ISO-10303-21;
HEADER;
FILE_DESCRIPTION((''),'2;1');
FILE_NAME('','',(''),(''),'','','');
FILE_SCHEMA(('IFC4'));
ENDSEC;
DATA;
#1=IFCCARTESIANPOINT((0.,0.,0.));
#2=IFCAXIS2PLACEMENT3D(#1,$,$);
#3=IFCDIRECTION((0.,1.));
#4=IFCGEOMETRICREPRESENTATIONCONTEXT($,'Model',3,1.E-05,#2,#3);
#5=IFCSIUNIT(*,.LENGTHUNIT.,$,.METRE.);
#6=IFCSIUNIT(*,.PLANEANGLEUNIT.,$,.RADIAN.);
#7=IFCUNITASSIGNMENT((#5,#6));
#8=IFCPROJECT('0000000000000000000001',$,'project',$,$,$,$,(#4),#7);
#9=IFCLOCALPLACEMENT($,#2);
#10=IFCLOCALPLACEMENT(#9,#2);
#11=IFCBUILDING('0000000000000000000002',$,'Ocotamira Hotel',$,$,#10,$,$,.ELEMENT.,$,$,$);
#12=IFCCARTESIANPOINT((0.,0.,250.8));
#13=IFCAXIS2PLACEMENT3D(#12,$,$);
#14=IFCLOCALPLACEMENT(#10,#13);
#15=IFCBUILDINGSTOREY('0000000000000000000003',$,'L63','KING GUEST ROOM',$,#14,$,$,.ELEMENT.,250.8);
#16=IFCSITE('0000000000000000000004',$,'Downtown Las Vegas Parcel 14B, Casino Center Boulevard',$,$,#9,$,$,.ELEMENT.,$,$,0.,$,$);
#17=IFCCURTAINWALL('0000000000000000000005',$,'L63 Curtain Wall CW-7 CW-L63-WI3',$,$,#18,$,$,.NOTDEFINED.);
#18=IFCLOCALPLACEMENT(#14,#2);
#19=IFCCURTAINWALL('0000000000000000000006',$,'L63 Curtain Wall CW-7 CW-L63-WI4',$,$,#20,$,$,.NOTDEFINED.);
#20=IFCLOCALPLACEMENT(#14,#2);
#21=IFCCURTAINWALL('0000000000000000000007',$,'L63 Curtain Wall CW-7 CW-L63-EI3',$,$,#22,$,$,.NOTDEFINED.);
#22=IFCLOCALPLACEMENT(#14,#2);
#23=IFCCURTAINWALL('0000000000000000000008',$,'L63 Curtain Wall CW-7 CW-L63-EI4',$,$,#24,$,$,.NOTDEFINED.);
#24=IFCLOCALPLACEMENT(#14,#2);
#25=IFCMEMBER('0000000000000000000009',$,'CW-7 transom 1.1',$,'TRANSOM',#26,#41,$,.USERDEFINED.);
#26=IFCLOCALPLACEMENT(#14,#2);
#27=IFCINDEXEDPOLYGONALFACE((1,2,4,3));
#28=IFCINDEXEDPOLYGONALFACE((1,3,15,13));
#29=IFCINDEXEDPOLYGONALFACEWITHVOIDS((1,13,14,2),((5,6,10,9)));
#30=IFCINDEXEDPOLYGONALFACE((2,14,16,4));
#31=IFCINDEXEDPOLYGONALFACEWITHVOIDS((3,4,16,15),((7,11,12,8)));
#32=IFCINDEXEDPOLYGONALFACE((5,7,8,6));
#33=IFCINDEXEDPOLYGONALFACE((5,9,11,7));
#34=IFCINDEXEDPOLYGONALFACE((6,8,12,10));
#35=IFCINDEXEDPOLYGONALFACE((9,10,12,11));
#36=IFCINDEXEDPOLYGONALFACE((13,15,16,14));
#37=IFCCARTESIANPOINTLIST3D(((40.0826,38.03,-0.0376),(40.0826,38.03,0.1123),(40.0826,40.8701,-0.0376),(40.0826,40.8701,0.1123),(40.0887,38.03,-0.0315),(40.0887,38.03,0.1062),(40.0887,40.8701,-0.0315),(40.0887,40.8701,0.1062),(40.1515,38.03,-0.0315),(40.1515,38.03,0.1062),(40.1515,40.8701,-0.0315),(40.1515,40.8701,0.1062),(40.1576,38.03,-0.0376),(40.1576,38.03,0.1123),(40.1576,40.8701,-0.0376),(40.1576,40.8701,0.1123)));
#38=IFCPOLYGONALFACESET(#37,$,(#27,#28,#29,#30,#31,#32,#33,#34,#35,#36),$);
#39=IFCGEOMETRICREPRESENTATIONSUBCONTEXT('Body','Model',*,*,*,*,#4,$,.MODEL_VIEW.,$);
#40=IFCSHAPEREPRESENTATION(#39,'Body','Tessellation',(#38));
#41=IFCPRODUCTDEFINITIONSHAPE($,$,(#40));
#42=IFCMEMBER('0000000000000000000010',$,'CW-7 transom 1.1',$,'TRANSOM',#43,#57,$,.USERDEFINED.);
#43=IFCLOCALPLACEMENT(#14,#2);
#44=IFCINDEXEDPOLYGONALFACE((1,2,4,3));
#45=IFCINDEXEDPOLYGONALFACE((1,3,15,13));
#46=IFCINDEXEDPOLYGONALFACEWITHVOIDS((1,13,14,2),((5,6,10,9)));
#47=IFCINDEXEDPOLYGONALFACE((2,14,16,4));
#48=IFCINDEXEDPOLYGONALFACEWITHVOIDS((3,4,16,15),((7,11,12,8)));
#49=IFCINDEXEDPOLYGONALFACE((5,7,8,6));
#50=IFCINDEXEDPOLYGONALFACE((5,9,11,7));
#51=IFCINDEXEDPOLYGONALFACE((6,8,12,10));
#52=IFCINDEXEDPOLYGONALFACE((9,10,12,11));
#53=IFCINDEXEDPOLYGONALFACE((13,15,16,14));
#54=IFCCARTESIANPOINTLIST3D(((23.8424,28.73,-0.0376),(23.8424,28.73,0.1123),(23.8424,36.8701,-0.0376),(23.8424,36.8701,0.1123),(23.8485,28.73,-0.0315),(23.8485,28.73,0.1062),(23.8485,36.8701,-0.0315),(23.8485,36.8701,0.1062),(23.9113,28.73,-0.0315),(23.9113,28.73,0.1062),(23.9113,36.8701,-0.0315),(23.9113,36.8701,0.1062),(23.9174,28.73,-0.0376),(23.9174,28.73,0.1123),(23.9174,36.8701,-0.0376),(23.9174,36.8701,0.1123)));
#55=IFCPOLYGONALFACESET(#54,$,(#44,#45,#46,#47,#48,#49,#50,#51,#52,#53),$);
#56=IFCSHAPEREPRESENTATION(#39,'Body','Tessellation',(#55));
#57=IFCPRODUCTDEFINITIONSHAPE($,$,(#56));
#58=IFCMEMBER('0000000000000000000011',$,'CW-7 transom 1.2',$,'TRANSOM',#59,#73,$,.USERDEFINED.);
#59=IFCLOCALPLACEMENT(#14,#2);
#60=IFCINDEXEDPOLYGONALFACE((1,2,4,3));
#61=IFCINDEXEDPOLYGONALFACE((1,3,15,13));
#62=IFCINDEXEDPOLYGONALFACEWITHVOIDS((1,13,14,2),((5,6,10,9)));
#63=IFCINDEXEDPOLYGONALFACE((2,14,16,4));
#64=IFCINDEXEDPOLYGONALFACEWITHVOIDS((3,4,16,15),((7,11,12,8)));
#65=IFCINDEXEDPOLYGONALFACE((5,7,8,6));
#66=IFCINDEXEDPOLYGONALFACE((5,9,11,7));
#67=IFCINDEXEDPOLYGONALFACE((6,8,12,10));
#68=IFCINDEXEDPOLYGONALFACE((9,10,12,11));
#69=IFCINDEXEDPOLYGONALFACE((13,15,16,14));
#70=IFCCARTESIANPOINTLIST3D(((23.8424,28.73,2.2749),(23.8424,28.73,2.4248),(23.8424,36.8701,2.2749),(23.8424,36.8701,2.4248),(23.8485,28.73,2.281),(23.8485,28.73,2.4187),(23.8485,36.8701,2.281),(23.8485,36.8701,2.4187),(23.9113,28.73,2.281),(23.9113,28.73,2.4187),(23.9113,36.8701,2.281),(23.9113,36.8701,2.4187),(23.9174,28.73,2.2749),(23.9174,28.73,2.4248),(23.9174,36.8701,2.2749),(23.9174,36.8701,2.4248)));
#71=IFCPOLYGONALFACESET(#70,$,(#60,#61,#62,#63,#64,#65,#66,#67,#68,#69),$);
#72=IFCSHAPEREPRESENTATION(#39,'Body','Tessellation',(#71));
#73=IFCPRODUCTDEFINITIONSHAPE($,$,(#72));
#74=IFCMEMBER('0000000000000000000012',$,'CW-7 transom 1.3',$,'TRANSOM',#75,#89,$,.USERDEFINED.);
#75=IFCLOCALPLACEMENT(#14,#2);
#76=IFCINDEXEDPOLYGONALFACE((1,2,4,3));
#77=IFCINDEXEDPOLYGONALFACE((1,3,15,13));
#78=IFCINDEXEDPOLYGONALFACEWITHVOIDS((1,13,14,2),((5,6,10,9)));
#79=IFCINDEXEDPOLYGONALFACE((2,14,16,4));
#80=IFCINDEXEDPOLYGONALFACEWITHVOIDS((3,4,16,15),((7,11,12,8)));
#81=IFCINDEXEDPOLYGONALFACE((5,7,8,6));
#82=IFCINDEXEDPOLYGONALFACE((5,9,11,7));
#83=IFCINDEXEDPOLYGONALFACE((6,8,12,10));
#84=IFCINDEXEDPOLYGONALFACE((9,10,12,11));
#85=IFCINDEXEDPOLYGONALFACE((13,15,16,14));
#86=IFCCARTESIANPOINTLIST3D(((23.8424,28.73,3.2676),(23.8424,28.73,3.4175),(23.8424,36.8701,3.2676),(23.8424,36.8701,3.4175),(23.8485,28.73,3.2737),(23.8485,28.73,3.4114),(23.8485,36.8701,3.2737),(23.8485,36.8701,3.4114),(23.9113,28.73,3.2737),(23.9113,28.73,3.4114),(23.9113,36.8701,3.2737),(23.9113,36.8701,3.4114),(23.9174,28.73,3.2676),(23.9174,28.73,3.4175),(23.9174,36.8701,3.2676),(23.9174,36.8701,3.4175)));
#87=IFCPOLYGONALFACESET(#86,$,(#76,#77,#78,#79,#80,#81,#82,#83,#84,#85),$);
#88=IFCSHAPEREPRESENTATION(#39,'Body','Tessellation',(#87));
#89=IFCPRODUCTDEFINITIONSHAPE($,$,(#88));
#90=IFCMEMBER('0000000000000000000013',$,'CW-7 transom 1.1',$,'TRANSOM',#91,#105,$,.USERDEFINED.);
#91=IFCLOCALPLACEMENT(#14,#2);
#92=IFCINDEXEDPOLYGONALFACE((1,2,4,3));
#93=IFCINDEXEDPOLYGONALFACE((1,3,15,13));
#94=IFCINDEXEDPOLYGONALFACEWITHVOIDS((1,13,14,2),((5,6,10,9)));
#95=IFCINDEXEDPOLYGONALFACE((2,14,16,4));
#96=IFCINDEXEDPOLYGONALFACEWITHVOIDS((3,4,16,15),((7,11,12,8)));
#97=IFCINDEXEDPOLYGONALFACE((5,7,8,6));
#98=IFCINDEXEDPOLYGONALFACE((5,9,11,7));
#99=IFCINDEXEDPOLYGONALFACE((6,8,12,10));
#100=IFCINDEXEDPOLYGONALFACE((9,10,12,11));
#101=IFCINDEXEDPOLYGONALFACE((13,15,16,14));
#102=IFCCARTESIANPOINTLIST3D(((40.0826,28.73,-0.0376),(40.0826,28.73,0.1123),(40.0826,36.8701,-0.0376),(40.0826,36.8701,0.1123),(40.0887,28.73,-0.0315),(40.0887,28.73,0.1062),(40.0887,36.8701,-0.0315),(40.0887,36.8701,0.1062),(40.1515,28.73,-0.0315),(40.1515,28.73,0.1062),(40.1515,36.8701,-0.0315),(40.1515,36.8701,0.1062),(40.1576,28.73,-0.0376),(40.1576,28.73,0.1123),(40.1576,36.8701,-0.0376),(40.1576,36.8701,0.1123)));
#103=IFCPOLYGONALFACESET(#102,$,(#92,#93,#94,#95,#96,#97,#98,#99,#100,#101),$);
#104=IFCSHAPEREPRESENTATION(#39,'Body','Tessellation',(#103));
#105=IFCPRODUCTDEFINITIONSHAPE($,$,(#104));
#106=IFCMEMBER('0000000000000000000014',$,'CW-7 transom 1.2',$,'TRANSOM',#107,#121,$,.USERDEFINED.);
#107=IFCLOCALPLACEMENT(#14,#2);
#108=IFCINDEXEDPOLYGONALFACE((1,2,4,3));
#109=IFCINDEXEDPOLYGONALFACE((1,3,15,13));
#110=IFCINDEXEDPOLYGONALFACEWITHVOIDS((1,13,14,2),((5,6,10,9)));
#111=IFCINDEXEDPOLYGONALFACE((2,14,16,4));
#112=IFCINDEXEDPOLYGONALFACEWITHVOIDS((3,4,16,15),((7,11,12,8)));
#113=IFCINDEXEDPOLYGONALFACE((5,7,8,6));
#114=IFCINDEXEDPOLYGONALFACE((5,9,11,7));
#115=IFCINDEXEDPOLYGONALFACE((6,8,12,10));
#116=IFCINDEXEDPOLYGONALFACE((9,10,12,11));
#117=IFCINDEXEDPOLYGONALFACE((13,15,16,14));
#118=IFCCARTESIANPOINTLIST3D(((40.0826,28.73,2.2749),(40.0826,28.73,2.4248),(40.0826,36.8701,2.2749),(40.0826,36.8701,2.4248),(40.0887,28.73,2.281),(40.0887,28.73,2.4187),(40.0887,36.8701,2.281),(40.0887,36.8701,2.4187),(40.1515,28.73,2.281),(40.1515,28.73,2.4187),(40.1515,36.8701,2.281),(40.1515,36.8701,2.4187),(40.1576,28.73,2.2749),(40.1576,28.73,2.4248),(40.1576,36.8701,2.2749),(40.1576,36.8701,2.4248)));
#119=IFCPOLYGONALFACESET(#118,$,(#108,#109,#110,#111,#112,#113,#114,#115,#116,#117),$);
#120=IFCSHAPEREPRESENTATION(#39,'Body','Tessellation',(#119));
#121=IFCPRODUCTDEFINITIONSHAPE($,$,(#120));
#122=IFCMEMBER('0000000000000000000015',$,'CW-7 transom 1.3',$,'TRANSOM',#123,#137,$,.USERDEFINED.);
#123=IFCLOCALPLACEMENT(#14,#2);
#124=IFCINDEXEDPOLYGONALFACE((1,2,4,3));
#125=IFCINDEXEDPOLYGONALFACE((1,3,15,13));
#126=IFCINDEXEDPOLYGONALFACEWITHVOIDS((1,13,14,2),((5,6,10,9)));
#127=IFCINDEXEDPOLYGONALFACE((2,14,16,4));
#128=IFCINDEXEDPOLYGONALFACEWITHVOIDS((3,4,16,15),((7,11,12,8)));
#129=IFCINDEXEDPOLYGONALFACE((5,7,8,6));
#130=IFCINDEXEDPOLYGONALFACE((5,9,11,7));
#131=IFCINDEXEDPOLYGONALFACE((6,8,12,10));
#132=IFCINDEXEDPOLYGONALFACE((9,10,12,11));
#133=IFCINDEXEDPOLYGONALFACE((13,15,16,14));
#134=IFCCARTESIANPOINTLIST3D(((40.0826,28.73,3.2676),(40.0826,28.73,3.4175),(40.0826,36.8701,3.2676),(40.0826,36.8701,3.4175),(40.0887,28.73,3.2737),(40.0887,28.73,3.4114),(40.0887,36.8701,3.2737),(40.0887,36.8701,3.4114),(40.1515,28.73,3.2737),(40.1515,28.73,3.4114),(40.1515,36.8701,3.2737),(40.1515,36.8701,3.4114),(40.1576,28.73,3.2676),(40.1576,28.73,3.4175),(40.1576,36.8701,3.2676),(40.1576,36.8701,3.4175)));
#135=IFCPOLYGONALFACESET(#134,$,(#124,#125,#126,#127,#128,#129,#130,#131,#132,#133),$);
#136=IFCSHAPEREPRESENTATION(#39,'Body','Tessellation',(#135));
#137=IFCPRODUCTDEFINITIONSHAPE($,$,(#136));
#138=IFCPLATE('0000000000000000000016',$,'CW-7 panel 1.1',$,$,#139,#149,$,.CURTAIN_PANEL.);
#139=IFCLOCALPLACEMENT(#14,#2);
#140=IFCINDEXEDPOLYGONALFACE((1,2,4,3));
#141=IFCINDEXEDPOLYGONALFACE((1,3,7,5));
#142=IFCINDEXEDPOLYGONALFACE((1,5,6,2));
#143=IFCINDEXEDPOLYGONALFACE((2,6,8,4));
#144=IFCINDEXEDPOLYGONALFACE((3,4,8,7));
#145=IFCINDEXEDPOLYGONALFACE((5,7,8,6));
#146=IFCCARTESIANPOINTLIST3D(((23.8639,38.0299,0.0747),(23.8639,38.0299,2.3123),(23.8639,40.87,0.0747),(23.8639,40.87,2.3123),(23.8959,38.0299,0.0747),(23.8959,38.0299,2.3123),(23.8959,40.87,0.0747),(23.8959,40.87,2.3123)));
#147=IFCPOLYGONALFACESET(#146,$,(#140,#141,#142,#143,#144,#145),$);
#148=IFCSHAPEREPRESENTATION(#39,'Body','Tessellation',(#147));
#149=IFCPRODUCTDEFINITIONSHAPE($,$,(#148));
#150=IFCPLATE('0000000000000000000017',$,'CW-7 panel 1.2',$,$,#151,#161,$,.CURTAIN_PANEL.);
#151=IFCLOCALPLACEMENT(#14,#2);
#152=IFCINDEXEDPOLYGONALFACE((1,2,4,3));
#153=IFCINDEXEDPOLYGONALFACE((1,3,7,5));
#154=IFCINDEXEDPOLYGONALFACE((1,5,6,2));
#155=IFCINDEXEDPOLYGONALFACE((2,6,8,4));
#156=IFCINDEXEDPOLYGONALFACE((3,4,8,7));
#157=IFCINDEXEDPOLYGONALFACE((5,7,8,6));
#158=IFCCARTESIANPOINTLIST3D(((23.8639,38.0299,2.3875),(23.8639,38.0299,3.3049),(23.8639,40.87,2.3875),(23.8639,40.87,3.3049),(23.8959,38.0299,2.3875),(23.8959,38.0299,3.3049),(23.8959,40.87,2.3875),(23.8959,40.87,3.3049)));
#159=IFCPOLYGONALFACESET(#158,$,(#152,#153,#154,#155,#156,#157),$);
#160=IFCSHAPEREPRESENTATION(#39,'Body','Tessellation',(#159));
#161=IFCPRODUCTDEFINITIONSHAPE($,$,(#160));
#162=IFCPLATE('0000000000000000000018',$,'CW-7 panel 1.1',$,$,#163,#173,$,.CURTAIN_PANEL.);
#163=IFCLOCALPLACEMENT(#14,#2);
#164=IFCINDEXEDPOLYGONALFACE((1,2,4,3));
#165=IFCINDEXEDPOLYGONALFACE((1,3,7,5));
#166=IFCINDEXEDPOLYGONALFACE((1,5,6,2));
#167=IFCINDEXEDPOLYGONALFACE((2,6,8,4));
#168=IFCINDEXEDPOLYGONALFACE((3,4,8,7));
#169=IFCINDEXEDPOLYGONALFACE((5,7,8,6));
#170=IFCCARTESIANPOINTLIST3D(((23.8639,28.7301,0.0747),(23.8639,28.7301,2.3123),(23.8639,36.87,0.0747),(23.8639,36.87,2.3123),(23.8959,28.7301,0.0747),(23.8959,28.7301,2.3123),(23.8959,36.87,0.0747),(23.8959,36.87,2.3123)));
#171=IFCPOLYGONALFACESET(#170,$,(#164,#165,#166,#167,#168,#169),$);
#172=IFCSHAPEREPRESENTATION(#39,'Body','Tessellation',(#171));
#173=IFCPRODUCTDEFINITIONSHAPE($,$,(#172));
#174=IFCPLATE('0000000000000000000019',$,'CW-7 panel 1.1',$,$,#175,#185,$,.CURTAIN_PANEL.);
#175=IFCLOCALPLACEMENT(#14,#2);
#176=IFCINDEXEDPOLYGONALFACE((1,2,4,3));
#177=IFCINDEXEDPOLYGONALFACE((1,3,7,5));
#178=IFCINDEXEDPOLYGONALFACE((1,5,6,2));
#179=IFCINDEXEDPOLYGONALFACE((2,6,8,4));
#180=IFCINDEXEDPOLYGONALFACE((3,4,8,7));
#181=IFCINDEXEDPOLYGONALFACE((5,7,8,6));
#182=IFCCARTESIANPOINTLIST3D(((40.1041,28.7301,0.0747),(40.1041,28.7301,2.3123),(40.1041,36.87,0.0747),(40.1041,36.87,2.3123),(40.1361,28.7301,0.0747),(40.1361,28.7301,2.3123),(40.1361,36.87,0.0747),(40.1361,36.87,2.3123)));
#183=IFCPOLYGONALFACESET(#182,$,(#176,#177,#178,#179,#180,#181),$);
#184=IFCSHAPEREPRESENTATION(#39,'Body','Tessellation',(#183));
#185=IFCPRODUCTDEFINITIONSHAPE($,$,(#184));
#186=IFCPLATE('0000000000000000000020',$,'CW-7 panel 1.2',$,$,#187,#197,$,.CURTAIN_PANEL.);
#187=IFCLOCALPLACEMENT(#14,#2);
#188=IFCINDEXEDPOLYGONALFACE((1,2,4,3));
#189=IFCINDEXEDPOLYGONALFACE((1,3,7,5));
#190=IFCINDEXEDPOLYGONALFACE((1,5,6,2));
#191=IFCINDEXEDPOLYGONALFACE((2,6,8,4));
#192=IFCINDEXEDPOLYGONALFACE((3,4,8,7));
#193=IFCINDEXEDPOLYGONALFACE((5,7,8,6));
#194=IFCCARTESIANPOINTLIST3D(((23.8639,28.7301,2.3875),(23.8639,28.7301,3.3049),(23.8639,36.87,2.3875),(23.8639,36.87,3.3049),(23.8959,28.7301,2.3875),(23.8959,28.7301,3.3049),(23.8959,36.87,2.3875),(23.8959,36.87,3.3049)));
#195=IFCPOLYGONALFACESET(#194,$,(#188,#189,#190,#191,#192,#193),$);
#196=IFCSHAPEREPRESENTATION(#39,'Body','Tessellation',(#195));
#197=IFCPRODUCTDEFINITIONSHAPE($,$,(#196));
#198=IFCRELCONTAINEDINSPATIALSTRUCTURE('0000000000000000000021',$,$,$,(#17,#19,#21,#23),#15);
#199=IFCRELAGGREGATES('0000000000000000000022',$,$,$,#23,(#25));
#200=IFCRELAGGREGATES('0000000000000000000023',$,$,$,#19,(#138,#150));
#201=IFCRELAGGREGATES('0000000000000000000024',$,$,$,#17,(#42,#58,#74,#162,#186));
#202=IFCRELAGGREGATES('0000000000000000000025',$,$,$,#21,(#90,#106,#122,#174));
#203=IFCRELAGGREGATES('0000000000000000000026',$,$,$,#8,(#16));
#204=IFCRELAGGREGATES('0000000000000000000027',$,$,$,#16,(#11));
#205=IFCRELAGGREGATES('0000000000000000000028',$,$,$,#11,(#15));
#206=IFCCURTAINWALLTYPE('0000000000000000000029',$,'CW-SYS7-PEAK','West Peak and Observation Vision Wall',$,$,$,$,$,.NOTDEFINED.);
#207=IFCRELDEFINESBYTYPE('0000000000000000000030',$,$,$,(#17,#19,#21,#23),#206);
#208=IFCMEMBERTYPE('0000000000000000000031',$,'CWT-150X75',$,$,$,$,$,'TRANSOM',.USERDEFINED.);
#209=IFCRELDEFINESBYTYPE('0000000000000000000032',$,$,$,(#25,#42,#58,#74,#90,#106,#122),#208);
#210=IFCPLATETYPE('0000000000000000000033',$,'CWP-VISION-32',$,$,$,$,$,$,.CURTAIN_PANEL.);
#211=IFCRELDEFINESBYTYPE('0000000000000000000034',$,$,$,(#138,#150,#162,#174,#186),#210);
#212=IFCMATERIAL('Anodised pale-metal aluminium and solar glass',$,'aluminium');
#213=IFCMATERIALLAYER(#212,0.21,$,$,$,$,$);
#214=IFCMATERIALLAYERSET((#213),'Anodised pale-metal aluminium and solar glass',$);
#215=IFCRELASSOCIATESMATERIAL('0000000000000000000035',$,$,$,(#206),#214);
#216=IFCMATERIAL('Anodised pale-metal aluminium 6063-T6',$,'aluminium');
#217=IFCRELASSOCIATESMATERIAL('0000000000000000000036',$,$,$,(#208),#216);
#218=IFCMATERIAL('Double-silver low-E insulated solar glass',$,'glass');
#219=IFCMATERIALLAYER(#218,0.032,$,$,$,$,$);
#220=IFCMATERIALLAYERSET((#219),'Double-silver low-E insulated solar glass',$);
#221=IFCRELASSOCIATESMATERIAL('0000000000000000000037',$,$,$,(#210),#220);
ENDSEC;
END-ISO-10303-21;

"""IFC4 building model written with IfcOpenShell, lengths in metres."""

from ifc_helpers import new_model, si_unit, direction, frame, origin, origin_2d, place, context, subcontext, project, spatial, rectangle, hollow_rectangle, extrude, source, transform, mapped, material, layer, layer_set, material_profile, profile_set, type_object, element, aggregate, save


model = new_model("IFC4")

# Units and contexts
model_context = context("Model", 3, precision=1e-05, world=origin(), true_north=direction((0.0, 1.0)))
body_context = subcontext(model_context, "Body", "Model", "MODEL_VIEW")
ifc_project = project(units=[si_unit("LENGTHUNIT", "METRE"), si_unit("PLANEANGLEUNIT", "RADIAN")], contexts=[model_context])

# Site, building, storey
site_placement = place(None, origin())
site = spatial("IfcSite", under=ifc_project, at=site_placement, Name="Downtown Las Vegas Parcel 14B, Casino Center Boulevard", CompositionType="ELEMENT", RefElevation=0.0)
building_placement = place(site_placement, origin())
building = spatial("IfcBuilding", under=site, at=building_placement, Name="Ocotamira Hotel", CompositionType="ELEMENT")
storey_placement = place(building_placement, frame((0.0, 0.0, 250.8)))
storey = spatial("IfcBuildingStorey", under=building, at=storey_placement, Name="L63", Description="KING GUEST ROOM", CompositionType="ELEMENT", Elevation=250.8)

# Curtain walls
ifc_material_1 = material(Name="Anodised pale-metal aluminium and solar glass", Category="aluminium")
ifc_layer_1 = layer(ifc_material_1, 0.21)
ifc_layer_set_1 = layer_set([ifc_layer_1], Name="Anodised pale-metal aluminium and solar glass")
curtain_wall_type = type_object("IfcCurtainWallType", Name="CW-SYS7-PEAK", Description="West Peak and Observation Vision Wall", PredefinedType="NOTDEFINED", material=ifc_layer_set_1)
curtain_wall_1_placement = place(storey_placement, origin())
curtain_wall_1 = element("IfcCurtainWall", 1, at=curtain_wall_1_placement, inside=storey, type_object=curtain_wall_type, Name="L63 Curtain Wall CW-7 CW-L63-WI3", PredefinedType="NOTDEFINED")
ifc_material_2 = material(Name="Anodised pale-metal aluminium 6063-T6", Category="aluminium")
curtain_wall_2_placement = place(storey_placement, origin())
curtain_wall_2 = element("IfcCurtainWall", 2, at=curtain_wall_2_placement, inside=storey, type_object=curtain_wall_type, Name="L63 Curtain Wall CW-7 CW-L63-WI4", PredefinedType="NOTDEFINED")

# Curtain wall
curtain_wall_3_placement = place(storey_placement, origin())
curtain_wall_3 = element("IfcCurtainWall", 3, at=curtain_wall_3_placement, inside=storey, type_object=curtain_wall_type, Name="L63 Curtain Wall CW-7 CW-L63-EI3", PredefinedType="NOTDEFINED")

# Curtain wall
curtain_wall_4_placement = place(storey_placement, origin())
curtain_wall_4 = element("IfcCurtainWall", 4, at=curtain_wall_4_placement, inside=storey, type_object=curtain_wall_type, Name="L63 Curtain Wall CW-7 CW-L63-EI4", PredefinedType="NOTDEFINED")

# Members
ifc_material_profile_1 = material_profile(ifc_material_2, hollow_rectangle(XDim=0.075, YDim=0.1499, WallThickness=0.0061, at=origin_2d()), Name="HSS150X75X6")
ifc_profile_set_1 = profile_set([ifc_material_profile_1], Name="Anodised pale-metal aluminium 6063-T6")
member_type_1 = type_object("IfcMemberType", Name="CWT-150X75", ElementType="TRANSOM", PredefinedType="USERDEFINED", material=ifc_profile_set_1)
shared_shape_1 = source(origin(), body_context, "Body", "SweptSolid", [
    extrude(hollow_rectangle(XDim=0.075, YDim=0.1499, WallThickness=0.0061, at=origin_2d()), origin(), (0.0, 0.0, 1.0), 2.8401),
])
member_1_placement = place(storey_placement, frame((40.1201, 38.03, 0.0374), z_axis=(0.0, 1.0, 0.0), x_axis=(-1.0, 0.0, 0.0)))
member_1 = element("IfcMember", 5, at=member_1_placement, type_object=member_type_1, Name="CW-7 transom 1.1", ObjectType="TRANSOM", PredefinedType="USERDEFINED", context=body_context, shape_type="MappedRepresentation", body=[
    mapped(shared_shape_1, transform((0.0, 0.0, 0.0), scale=1.0)),
])
aggregate(curtain_wall_4, [member_1])
shared_shape_2 = source(origin(), body_context, "Body", "SweptSolid", [
    extrude(hollow_rectangle(XDim=0.075, YDim=0.1499, WallThickness=0.0061, at=origin_2d()), origin(), (0.0, 0.0, 1.0), 8.1401),
])
member_2_placement = place(storey_placement, frame((23.8799, 28.73, 0.0374), z_axis=(0.0, 1.0, 0.0), x_axis=(-1.0, 0.0, 0.0)))
member_2 = element("IfcMember", 6, at=member_2_placement, type_object=member_type_1, Name="CW-7 transom 1.1", ObjectType="TRANSOM", PredefinedType="USERDEFINED", context=body_context, shape_type="MappedRepresentation", body=[
    mapped(shared_shape_2, transform((0.0, 0.0, 0.0), scale=1.0)),
])
member_3_placement = place(storey_placement, frame((23.8799, 28.73, 2.3499), z_axis=(0.0, 1.0, 0.0), x_axis=(-1.0, 0.0, 0.0)))
member_3 = element("IfcMember", 7, at=member_3_placement, type_object=member_type_1, Name="CW-7 transom 1.2", ObjectType="TRANSOM", PredefinedType="USERDEFINED", context=body_context, shape_type="MappedRepresentation", body=[
    mapped(shared_shape_2, transform((0.0, 0.0, 0.0), scale=1.0)),
])
member_4_placement = place(storey_placement, frame((23.8799, 28.73, 3.3425), z_axis=(0.0, 1.0, 0.0), x_axis=(-1.0, 0.0, 0.0)))
member_4 = element("IfcMember", 8, at=member_4_placement, type_object=member_type_1, Name="CW-7 transom 1.3", ObjectType="TRANSOM", PredefinedType="USERDEFINED", context=body_context, shape_type="MappedRepresentation", body=[
    mapped(shared_shape_2, transform((0.0, 0.0, 0.0), scale=1.0)),
])
member_5_placement = place(storey_placement, frame((40.1201, 28.73, 0.0374), z_axis=(0.0, 1.0, 0.0), x_axis=(-1.0, 0.0, 0.0)))
member_5 = element("IfcMember", 9, at=member_5_placement, type_object=member_type_1, Name="CW-7 transom 1.1", ObjectType="TRANSOM", PredefinedType="USERDEFINED", context=body_context, shape_type="MappedRepresentation", body=[
    mapped(shared_shape_2, transform((0.0, 0.0, 0.0), scale=1.0)),
])
member_6_placement = place(storey_placement, frame((40.1201, 28.73, 2.3499), z_axis=(0.0, 1.0, 0.0), x_axis=(-1.0, 0.0, 0.0)))
member_6 = element("IfcMember", 10, at=member_6_placement, type_object=member_type_1, Name="CW-7 transom 1.2", ObjectType="TRANSOM", PredefinedType="USERDEFINED", context=body_context, shape_type="MappedRepresentation", body=[
    mapped(shared_shape_2, transform((0.0, 0.0, 0.0), scale=1.0)),
])
member_7_placement = place(storey_placement, frame((40.1201, 28.73, 3.3425), z_axis=(0.0, 1.0, 0.0), x_axis=(-1.0, 0.0, 0.0)))
member_7 = element("IfcMember", 11, at=member_7_placement, type_object=member_type_1, Name="CW-7 transom 1.3", ObjectType="TRANSOM", PredefinedType="USERDEFINED", context=body_context, shape_type="MappedRepresentation", body=[
    mapped(shared_shape_2, transform((0.0, 0.0, 0.0), scale=1.0)),
])

# Plates
ifc_material_3 = material(Name="Double-silver low-E insulated solar glass", Category="glass")
ifc_layer_2 = layer(ifc_material_3, 0.032)
ifc_layer_set_2 = layer_set([ifc_layer_2], Name="Double-silver low-E insulated solar glass")
plate_type = type_object("IfcPlateType", Name="CWP-VISION-32", PredefinedType="CURTAIN_PANEL", material=ifc_layer_set_2)
shared_shape_3 = source(origin(), body_context, "Body", "SweptSolid", [
    extrude(rectangle(XDim=2.8401, YDim=0.032, at=origin_2d()), origin(), (0.0, 0.0, 1.0), 2.2375),
])
plate_1_placement = place(storey_placement, frame((23.8799, 39.45, 0.0747), z_axis=(0.0, 0.0, 1.0), x_axis=(0.0, 1.0, 0.0)))
plate_1 = element("IfcPlate", 12, at=plate_1_placement, type_object=plate_type, Name="CW-7 panel 1.1", PredefinedType="CURTAIN_PANEL", context=body_context, shape_type="MappedRepresentation", body=[
    mapped(shared_shape_3, transform((0.0, 0.0, 0.0), scale=1.0)),
])
shared_shape_4 = source(origin(), body_context, "Body", "SweptSolid", [
    extrude(rectangle(XDim=2.8401, YDim=0.032, at=origin_2d()), origin(), (0.0, 0.0, 1.0), 0.9175),
])
plate_2_placement = place(storey_placement, frame((23.8799, 39.45, 2.3875), z_axis=(0.0, 0.0, 1.0), x_axis=(0.0, 1.0, 0.0)))
plate_2 = element("IfcPlate", 13, at=plate_2_placement, type_object=plate_type, Name="CW-7 panel 1.2", PredefinedType="CURTAIN_PANEL", context=body_context, shape_type="MappedRepresentation", body=[
    mapped(shared_shape_4, transform((0.0, 0.0, 0.0), scale=1.0)),
])
aggregate(curtain_wall_2, [plate_1, plate_2])
shared_shape_5 = source(origin(), body_context, "Body", "SweptSolid", [
    extrude(rectangle(XDim=8.1399, YDim=0.032, at=origin_2d()), origin(), (0.0, 0.0, 1.0), 2.2375),
])
plate_3_placement = place(storey_placement, frame((23.8799, 32.8, 0.0747), z_axis=(0.0, 0.0, 1.0), x_axis=(0.0, 1.0, 0.0)))
plate_3 = element("IfcPlate", 14, at=plate_3_placement, type_object=plate_type, Name="CW-7 panel 1.1", PredefinedType="CURTAIN_PANEL", context=body_context, shape_type="MappedRepresentation", body=[
    mapped(shared_shape_5, transform((0.0, 0.0, 0.0), scale=1.0)),
])
plate_4_placement = place(storey_placement, frame((40.1201, 32.8, 0.0747), z_axis=(0.0, 0.0, 1.0), x_axis=(0.0, 1.0, 0.0)))
plate_4 = element("IfcPlate", 15, at=plate_4_placement, type_object=plate_type, Name="CW-7 panel 1.1", PredefinedType="CURTAIN_PANEL", context=body_context, shape_type="MappedRepresentation", body=[
    mapped(shared_shape_5, transform((0.0, 0.0, 0.0), scale=1.0)),
])
shared_shape_6 = source(origin(), body_context, "Body", "SweptSolid", [
    extrude(rectangle(XDim=8.1399, YDim=0.032, at=origin_2d()), origin(), (0.0, 0.0, 1.0), 0.9175),
])
plate_5_placement = place(storey_placement, frame((23.8799, 32.8, 2.3875), z_axis=(0.0, 0.0, 1.0), x_axis=(0.0, 1.0, 0.0)))
plate_5 = element("IfcPlate", 16, at=plate_5_placement, type_object=plate_type, Name="CW-7 panel 1.2", PredefinedType="CURTAIN_PANEL", context=body_context, shape_type="MappedRepresentation", body=[
    mapped(shared_shape_6, transform((0.0, 0.0, 0.0), scale=1.0)),
])
aggregate(curtain_wall_1, [member_2, member_3, member_4, plate_3, plate_5])
aggregate(curtain_wall_3, [member_5, member_6, member_7, plate_4])

save(model, "model.ifc")
